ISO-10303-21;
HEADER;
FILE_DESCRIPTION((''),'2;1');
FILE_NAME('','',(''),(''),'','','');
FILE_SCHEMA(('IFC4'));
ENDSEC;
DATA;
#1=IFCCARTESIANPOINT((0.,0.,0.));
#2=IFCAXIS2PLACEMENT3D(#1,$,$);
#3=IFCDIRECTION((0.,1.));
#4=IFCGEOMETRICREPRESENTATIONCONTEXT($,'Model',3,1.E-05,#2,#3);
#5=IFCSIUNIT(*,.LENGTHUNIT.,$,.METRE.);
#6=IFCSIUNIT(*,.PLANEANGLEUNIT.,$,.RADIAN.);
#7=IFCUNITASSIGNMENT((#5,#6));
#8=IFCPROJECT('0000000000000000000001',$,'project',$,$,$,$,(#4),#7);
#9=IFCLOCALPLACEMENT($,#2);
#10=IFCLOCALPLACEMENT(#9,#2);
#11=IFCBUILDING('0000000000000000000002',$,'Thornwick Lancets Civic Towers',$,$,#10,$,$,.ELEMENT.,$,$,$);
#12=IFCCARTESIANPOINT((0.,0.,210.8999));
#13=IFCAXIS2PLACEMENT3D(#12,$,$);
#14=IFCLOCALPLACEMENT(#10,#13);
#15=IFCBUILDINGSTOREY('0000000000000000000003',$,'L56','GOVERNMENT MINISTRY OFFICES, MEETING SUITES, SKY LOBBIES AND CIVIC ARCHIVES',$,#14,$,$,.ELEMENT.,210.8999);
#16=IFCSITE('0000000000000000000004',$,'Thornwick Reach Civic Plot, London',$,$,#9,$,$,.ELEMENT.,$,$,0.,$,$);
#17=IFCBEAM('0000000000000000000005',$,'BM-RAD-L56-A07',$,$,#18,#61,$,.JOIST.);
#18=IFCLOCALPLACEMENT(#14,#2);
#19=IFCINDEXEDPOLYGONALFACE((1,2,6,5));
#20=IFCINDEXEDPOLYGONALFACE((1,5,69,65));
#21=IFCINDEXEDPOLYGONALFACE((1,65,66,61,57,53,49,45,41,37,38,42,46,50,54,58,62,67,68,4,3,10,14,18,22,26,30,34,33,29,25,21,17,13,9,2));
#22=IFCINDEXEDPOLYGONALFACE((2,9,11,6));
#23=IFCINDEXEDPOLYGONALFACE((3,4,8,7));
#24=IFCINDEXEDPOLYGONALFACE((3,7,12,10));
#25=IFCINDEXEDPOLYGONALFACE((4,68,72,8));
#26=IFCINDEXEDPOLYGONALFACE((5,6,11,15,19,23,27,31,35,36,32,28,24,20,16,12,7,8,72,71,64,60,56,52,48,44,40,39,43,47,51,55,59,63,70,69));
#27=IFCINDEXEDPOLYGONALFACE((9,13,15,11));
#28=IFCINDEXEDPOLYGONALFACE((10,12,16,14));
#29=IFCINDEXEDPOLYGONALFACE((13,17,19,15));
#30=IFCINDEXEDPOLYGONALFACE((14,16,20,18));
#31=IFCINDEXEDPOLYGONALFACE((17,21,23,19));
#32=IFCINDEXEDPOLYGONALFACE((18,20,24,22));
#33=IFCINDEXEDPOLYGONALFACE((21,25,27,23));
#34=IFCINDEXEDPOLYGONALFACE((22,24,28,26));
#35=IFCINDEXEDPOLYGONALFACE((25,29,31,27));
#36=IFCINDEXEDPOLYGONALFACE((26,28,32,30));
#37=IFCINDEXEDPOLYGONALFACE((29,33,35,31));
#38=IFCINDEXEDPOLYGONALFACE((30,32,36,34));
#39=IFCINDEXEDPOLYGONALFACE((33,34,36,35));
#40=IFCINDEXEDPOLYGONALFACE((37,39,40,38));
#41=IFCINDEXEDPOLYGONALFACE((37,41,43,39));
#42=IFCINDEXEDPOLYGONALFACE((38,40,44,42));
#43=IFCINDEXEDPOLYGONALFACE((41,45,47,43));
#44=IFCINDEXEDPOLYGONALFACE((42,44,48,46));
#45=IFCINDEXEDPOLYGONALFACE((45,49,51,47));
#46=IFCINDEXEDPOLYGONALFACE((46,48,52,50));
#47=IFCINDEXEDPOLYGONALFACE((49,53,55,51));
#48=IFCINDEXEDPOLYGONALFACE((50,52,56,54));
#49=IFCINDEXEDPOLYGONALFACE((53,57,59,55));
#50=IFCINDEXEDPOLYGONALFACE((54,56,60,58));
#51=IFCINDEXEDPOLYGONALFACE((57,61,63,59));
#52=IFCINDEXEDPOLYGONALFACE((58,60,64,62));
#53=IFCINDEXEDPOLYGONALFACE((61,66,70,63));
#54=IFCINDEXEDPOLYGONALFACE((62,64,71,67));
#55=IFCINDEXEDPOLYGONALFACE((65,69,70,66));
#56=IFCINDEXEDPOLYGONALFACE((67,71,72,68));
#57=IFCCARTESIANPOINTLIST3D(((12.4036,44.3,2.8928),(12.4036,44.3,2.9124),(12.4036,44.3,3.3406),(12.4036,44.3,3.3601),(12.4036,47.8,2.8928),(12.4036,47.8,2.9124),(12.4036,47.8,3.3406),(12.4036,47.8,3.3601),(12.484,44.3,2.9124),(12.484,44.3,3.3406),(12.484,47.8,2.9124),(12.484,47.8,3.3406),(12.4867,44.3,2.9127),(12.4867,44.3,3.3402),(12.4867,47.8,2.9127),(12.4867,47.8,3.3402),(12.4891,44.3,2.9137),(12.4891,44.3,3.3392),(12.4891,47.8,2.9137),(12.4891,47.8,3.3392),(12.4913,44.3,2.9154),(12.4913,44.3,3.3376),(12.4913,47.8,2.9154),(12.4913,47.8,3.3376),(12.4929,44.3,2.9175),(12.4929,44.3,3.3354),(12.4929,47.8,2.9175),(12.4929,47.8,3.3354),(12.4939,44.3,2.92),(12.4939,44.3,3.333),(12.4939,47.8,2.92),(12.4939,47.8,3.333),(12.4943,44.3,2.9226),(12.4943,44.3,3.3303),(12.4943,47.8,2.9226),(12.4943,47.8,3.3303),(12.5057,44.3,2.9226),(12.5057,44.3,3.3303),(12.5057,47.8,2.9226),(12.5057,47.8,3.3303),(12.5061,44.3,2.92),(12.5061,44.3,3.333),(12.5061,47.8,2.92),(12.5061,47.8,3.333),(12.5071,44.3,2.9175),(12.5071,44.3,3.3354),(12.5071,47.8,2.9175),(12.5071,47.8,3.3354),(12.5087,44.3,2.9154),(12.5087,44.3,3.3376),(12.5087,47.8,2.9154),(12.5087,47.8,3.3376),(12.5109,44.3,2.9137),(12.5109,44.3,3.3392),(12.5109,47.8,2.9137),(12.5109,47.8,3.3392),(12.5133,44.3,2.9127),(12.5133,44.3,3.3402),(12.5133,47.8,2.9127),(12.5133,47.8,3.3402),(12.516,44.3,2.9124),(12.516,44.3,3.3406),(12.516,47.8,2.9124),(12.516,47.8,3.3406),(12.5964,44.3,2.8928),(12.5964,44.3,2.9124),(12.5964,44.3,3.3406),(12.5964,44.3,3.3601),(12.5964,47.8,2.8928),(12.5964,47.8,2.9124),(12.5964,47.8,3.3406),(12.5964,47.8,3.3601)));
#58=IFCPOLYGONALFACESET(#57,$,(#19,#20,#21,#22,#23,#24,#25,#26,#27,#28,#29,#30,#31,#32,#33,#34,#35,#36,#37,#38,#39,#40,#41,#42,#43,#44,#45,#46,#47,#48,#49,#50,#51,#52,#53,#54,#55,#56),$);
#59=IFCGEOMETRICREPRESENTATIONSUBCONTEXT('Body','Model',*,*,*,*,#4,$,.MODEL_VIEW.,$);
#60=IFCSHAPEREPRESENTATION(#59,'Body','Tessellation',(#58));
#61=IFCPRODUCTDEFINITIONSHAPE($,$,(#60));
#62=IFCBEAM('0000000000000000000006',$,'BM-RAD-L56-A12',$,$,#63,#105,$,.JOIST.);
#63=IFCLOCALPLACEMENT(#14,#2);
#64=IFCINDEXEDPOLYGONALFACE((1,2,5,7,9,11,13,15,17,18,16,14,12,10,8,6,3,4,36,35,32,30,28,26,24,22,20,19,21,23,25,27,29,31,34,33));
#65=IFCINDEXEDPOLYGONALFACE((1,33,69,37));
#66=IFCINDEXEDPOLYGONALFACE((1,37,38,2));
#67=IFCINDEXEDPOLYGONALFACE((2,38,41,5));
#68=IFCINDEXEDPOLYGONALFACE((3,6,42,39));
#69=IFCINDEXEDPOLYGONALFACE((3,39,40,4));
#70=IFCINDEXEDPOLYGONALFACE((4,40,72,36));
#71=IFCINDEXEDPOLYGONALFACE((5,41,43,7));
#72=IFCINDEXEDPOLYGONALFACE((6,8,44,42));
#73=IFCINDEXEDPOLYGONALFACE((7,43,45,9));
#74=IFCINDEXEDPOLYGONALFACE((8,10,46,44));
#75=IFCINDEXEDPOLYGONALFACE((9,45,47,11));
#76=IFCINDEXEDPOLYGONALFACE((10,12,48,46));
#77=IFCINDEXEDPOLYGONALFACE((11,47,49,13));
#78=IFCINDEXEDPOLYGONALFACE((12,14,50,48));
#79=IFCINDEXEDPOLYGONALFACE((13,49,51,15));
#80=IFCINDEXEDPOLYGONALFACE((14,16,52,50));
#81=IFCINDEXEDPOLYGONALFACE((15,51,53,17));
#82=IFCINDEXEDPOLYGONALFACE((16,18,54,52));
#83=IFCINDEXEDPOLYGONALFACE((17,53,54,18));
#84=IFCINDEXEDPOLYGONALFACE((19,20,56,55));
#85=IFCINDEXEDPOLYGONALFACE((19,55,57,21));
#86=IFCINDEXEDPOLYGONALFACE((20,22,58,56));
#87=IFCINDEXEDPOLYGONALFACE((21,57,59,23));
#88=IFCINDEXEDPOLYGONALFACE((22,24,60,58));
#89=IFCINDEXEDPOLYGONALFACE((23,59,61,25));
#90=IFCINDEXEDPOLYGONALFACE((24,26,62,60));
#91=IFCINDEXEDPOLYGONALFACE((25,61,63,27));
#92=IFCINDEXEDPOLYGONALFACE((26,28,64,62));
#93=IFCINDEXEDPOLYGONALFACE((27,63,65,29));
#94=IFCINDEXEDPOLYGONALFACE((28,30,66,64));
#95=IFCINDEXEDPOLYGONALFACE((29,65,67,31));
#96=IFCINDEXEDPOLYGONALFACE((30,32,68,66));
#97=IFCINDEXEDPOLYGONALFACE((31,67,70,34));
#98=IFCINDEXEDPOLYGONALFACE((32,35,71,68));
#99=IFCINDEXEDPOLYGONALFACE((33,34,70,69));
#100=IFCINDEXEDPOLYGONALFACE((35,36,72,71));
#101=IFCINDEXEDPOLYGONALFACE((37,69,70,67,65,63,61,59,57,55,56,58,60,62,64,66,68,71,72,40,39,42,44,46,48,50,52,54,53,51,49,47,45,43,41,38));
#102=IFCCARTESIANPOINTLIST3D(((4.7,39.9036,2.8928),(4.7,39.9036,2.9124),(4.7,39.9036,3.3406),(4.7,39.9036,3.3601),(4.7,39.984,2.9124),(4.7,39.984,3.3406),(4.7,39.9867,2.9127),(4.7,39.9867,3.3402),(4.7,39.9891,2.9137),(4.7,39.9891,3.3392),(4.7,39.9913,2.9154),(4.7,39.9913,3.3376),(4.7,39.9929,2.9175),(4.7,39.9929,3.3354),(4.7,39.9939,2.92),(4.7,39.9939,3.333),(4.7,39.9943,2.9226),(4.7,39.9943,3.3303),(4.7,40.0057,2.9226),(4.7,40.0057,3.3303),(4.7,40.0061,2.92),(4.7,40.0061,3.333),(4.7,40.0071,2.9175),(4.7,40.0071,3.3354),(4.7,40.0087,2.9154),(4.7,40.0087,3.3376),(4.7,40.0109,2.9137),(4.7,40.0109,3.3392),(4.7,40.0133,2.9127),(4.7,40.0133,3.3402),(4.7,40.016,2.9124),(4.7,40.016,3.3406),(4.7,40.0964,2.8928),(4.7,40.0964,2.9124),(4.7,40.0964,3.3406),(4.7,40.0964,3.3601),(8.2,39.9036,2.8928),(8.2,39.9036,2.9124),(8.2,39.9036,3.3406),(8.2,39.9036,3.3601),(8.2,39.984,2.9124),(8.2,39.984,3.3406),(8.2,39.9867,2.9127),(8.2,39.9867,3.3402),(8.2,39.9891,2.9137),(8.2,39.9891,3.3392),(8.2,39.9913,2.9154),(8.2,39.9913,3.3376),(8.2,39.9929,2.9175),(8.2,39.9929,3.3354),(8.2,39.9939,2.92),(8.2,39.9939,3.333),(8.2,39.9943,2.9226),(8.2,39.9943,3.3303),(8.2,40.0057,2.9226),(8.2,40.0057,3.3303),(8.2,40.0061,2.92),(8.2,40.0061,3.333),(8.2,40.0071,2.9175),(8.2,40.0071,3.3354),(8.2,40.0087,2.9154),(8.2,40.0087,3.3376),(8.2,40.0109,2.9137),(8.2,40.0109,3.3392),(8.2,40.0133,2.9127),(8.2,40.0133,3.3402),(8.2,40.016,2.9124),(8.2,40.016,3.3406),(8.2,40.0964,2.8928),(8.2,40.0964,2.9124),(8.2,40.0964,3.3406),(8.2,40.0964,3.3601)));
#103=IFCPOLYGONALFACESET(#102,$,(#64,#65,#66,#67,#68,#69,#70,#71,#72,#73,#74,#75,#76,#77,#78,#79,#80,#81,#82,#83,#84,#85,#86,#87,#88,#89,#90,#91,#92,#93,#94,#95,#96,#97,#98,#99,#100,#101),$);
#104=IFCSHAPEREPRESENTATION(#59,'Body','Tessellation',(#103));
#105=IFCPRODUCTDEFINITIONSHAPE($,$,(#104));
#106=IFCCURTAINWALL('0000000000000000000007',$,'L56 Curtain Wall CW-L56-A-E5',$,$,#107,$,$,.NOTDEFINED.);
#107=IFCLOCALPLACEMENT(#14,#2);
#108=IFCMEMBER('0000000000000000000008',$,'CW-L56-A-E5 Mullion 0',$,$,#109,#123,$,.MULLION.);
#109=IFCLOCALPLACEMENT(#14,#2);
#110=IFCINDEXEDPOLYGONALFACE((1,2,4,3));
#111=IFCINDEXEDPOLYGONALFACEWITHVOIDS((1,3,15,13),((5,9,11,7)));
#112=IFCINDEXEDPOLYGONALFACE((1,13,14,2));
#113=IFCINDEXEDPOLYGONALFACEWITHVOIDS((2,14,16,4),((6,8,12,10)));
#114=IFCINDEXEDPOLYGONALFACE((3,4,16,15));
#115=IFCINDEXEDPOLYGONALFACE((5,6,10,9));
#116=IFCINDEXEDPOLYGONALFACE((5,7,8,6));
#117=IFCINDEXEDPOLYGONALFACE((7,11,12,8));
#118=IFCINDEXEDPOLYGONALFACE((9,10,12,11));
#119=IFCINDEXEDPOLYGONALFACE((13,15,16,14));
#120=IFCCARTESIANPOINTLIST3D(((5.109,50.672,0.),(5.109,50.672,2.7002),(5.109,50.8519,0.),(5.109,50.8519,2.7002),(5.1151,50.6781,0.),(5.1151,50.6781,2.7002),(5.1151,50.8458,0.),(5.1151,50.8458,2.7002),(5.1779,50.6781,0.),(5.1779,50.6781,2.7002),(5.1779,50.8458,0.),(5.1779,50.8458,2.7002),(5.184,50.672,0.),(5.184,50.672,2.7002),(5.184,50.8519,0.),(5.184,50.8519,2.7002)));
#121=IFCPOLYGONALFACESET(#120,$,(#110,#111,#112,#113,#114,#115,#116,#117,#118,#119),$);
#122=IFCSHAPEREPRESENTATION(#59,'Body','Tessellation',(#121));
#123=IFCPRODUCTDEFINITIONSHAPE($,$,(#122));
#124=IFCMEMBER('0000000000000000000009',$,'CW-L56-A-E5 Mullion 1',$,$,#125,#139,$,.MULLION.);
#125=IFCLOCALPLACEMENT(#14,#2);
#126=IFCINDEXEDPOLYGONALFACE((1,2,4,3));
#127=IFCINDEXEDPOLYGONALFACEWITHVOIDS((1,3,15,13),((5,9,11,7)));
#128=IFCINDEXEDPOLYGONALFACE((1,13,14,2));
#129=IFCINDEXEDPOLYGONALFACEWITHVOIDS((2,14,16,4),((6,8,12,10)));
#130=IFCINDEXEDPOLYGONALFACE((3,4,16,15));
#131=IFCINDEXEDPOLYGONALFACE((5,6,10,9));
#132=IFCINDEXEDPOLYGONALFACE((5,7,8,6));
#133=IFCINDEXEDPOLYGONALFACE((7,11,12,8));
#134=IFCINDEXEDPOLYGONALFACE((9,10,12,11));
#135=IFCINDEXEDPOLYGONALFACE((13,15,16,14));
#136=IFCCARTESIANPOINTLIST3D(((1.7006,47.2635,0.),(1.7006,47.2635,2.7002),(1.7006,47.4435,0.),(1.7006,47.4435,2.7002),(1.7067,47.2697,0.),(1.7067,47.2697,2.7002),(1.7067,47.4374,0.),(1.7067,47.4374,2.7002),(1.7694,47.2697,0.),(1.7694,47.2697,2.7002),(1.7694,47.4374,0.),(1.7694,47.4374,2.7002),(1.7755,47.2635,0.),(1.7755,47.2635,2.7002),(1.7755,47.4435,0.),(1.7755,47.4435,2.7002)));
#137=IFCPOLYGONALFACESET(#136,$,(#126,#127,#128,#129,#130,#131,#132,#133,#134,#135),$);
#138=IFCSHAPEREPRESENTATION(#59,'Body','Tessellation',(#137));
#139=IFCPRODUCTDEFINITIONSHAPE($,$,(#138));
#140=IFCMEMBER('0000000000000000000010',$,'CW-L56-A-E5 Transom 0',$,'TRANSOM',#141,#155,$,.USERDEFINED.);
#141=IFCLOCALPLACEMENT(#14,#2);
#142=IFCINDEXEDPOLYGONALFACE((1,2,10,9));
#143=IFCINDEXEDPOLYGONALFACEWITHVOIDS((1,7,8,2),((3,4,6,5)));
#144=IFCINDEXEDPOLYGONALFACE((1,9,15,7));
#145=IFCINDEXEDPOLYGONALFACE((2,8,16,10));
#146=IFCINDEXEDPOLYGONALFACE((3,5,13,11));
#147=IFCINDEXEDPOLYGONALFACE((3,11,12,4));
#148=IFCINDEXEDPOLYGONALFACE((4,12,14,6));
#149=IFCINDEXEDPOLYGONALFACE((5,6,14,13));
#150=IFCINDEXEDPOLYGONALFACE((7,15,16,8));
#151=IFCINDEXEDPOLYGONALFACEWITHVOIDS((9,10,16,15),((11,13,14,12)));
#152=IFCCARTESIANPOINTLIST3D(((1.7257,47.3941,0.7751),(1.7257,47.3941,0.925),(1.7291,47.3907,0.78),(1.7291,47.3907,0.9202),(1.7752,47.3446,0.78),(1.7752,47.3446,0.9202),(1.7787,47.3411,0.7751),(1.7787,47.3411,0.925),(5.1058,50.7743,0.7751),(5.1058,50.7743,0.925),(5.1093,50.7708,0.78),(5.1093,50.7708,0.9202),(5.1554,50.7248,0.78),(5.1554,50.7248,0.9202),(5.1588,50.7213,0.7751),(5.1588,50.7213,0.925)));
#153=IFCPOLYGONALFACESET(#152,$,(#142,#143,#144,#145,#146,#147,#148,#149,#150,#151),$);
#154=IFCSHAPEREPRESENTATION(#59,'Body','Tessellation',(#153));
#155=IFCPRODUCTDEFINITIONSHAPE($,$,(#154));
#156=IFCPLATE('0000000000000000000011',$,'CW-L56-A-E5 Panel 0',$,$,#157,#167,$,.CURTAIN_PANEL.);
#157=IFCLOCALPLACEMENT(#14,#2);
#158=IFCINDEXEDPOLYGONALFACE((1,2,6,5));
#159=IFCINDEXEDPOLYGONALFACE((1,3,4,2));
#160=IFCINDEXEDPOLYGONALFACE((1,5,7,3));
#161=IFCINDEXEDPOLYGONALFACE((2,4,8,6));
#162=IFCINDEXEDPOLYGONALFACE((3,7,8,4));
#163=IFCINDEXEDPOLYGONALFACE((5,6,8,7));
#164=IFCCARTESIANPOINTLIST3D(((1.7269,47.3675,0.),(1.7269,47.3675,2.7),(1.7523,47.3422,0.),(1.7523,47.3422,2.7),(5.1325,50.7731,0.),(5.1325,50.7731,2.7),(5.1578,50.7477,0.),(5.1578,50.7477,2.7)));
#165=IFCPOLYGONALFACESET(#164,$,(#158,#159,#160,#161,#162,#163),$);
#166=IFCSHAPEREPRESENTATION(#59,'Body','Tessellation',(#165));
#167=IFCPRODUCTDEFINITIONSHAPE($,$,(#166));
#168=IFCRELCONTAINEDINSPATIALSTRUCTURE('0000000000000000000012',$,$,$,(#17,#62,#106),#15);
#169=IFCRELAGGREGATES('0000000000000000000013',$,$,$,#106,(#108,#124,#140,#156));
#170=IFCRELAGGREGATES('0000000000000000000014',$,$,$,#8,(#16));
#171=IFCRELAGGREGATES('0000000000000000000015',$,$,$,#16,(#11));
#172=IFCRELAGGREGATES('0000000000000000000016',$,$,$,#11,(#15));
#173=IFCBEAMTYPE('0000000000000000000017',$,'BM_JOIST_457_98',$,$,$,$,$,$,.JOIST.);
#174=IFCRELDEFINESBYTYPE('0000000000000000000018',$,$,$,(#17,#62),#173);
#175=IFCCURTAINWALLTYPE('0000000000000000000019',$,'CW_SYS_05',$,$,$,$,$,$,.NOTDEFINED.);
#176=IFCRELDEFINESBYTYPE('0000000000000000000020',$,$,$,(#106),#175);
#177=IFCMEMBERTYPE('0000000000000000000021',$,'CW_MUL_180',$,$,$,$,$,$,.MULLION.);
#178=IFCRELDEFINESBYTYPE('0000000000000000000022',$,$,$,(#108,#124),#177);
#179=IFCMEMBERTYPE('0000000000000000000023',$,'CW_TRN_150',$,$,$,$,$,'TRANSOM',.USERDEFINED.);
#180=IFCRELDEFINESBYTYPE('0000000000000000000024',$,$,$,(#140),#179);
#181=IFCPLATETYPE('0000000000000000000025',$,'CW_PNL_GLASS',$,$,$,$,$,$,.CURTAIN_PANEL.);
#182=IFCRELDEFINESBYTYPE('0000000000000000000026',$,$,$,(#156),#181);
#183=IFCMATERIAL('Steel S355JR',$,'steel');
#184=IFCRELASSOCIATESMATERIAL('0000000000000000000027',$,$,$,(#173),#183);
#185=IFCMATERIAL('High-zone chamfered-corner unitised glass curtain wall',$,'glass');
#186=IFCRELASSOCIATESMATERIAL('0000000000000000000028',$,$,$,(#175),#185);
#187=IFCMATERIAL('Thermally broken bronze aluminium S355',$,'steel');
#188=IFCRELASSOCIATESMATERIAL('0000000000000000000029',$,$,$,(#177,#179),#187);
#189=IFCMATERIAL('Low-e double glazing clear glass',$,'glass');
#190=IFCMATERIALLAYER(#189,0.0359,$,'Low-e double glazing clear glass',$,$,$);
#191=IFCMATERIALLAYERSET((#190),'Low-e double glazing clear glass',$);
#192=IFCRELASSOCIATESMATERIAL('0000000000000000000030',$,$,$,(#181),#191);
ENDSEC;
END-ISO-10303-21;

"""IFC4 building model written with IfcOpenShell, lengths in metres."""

from ifc_helpers import new_model, si_unit, direction, frame, origin, origin_2d, place, context, subcontext, project, spatial, rectangle, hollow_rectangle, i_section, extrude, material, layer, layer_set, material_profile, profile_set, type_object, element, aggregate, save


model = new_model("IFC4")

# Units and contexts
model_context = context("Model", 3, precision=1e-05, world=origin(), true_north=direction((0.0, 1.0)))
body_context = subcontext(model_context, "Body", "Model", "MODEL_VIEW")
ifc_project = project(units=[si_unit("LENGTHUNIT", "METRE"), si_unit("PLANEANGLEUNIT", "RADIAN")], contexts=[model_context])

# Site, building, storey
site_placement = place(None, origin())
site = spatial("IfcSite", under=ifc_project, at=site_placement, Name="Thornwick Reach Civic Plot, London", CompositionType="ELEMENT", RefElevation=0.0)
building_placement = place(site_placement, origin())
building = spatial("IfcBuilding", under=site, at=building_placement, Name="Thornwick Lancets Civic Towers", CompositionType="ELEMENT")
storey_placement = place(building_placement, frame((0.0, 0.0, 210.8999)))
storey = spatial("IfcBuildingStorey", under=building, at=storey_placement, Name="L56", Description="GOVERNMENT MINISTRY OFFICES, MEETING SUITES, SKY LOBBIES AND CIVIC ARCHIVES", CompositionType="ELEMENT", Elevation=210.8999)

# Shared definitions
ifc_material_1 = material(Name="Steel S355JR", Category="steel")

# Beams
ifc_material_profile_1 = material_profile(ifc_material_1, i_section(OverallWidth=0.1929, OverallDepth=0.4673, WebThickness=0.0115, FlangeThickness=0.0195, FilletRadius=0.0103, at=origin_2d()), Name="UKB 457x191x98")
ifc_profile_set_1 = profile_set([ifc_material_profile_1], Name="Steel S355JR")
beam_type_1 = type_object("IfcBeamType", Name="BM_JOIST_457_98", PredefinedType="JOIST", material=ifc_profile_set_1)
for number, where, z_axis, x_axis, name in (
    (1, (12.5, 44.3, 3.1265), (0.0, 1.0, 0.0), (-1.0, 0.0, 0.0), "BM-RAD-L56-A07"),
    (2, (8.2, 40.0, 3.1265), (-1.0, 0.0, 0.0), (0.0, -1.0, 0.0), "BM-RAD-L56-A12"),
):
    element("IfcBeam", number, at=place(storey_placement, frame(where, z_axis=z_axis, x_axis=x_axis)), inside=storey, type_object=beam_type_1, Name=name, PredefinedType="JOIST", context=body_context, shape_type="SweptSolid", body=[
        extrude(i_section(OverallWidth=0.1929, OverallDepth=0.4673, WebThickness=0.0115, FlangeThickness=0.0195, FilletRadius=0.0103, at=origin_2d()), origin(), (0.0, 0.0, 1.0), 3.5),
    ])

# Curtain wall, members, plate
ifc_material_2 = material(Name="High-zone chamfered-corner unitised glass curtain wall", Category="glass")
curtain_wall_type = type_object("IfcCurtainWallType", Name="CW_SYS_05", PredefinedType="NOTDEFINED", material=ifc_material_2)
curtain_wall_placement = place(storey_placement, origin())
curtain_wall = element("IfcCurtainWall", 3, at=curtain_wall_placement, inside=storey, type_object=curtain_wall_type, Name="L56 Curtain Wall CW-L56-A-E5", PredefinedType="NOTDEFINED")
ifc_material_3 = material(Name="Thermally broken bronze aluminium S355", Category="steel")
ifc_material_profile_2 = material_profile(ifc_material_3, hollow_rectangle(XDim=0.075, YDim=0.1799, WallThickness=0.0061, at=origin_2d()), Name="RHS 180x75x6")
ifc_profile_set_2 = profile_set([ifc_material_profile_2], Name="Thermally broken bronze aluminium S355")
member_type_1 = type_object("IfcMemberType", Name="CW_MUL_180", PredefinedType="MULLION", material=ifc_profile_set_2)
member_1_placement = place(storey_placement, frame((5.1465, 50.762, 0.0), z_axis=(0.0, 0.0, 1.0), x_axis=(1.0, 0.0, 0.0)))
member_1 = element("IfcMember", 4, at=member_1_placement, type_object=member_type_1, Name="CW-L56-A-E5 Mullion 0", PredefinedType="MULLION", context=body_context, shape_type="SweptSolid", body=[
    extrude(hollow_rectangle(XDim=0.075, YDim=0.1799, WallThickness=0.0061, at=origin_2d()), origin(), (0.0, 0.0, 1.0), 2.7002),
])
member_2_placement = place(storey_placement, frame((1.738, 47.3535, 0.0), z_axis=(0.0, 0.0, 1.0), x_axis=(1.0, 0.0, 0.0)))
member_2 = element("IfcMember", 5, at=member_2_placement, type_object=member_type_1, Name="CW-L56-A-E5 Mullion 1", PredefinedType="MULLION", context=body_context, shape_type="SweptSolid", body=[
    extrude(hollow_rectangle(XDim=0.075, YDim=0.1799, WallThickness=0.0061, at=origin_2d()), origin(), (0.0, 0.0, 1.0), 2.7002),
])
ifc_material_profile_3 = material_profile(ifc_material_3, hollow_rectangle(XDim=0.075, YDim=0.1499, WallThickness=0.0049, at=origin_2d()), Name="RHS 150x75x5")
ifc_profile_set_3 = profile_set([ifc_material_profile_3], Name="Thermally broken bronze aluminium S355")
member_type_2 = type_object("IfcMemberType", Name="CW_TRN_150", ElementType="TRANSOM", PredefinedType="USERDEFINED", material=ifc_profile_set_3)
member_3_placement = place(storey_placement, frame((5.1323, 50.7478, 0.8501), z_axis=(-0.707107, -0.707107, 0.0), x_axis=(0.707107, -0.707107, 0.0)))
member_3 = element("IfcMember", 6, at=member_3_placement, type_object=member_type_2, Name="CW-L56-A-E5 Transom 0", ObjectType="TRANSOM", PredefinedType="USERDEFINED", context=body_context, shape_type="SweptSolid", body=[
    extrude(hollow_rectangle(XDim=0.075, YDim=0.1499, WallThickness=0.0049, at=origin_2d()), origin(), (0.0, 0.0, 1.0), 4.7803),
])
ifc_material_4 = material(Name="Low-e double glazing clear glass", Category="glass")
ifc_layer_1 = layer(ifc_material_4, 0.0359, Name="Low-e double glazing clear glass")
ifc_layer_set_1 = layer_set([ifc_layer_1], Name="Low-e double glazing clear glass")
plate_type = type_object("IfcPlateType", Name="CW_PNL_GLASS", PredefinedType="CURTAIN_PANEL", material=ifc_layer_set_1)
plate_placement = place(storey_placement, frame((3.4424, 49.0576, 0.0), z_axis=(0.0, 0.0, 1.0), x_axis=(-0.707107, -0.707107, 0.0)))
plate = element("IfcPlate", 7, at=plate_placement, type_object=plate_type, Name="CW-L56-A-E5 Panel 0", PredefinedType="CURTAIN_PANEL", context=body_context, shape_type="SweptSolid", body=[
    extrude(rectangle(XDim=4.8162, YDim=0.0359, at=origin_2d()), origin(), (0.0, 0.0, 1.0), 2.7),
])
aggregate(curtain_wall, [member_1, member_2, member_3, plate])

save(model, "model.ifc")
